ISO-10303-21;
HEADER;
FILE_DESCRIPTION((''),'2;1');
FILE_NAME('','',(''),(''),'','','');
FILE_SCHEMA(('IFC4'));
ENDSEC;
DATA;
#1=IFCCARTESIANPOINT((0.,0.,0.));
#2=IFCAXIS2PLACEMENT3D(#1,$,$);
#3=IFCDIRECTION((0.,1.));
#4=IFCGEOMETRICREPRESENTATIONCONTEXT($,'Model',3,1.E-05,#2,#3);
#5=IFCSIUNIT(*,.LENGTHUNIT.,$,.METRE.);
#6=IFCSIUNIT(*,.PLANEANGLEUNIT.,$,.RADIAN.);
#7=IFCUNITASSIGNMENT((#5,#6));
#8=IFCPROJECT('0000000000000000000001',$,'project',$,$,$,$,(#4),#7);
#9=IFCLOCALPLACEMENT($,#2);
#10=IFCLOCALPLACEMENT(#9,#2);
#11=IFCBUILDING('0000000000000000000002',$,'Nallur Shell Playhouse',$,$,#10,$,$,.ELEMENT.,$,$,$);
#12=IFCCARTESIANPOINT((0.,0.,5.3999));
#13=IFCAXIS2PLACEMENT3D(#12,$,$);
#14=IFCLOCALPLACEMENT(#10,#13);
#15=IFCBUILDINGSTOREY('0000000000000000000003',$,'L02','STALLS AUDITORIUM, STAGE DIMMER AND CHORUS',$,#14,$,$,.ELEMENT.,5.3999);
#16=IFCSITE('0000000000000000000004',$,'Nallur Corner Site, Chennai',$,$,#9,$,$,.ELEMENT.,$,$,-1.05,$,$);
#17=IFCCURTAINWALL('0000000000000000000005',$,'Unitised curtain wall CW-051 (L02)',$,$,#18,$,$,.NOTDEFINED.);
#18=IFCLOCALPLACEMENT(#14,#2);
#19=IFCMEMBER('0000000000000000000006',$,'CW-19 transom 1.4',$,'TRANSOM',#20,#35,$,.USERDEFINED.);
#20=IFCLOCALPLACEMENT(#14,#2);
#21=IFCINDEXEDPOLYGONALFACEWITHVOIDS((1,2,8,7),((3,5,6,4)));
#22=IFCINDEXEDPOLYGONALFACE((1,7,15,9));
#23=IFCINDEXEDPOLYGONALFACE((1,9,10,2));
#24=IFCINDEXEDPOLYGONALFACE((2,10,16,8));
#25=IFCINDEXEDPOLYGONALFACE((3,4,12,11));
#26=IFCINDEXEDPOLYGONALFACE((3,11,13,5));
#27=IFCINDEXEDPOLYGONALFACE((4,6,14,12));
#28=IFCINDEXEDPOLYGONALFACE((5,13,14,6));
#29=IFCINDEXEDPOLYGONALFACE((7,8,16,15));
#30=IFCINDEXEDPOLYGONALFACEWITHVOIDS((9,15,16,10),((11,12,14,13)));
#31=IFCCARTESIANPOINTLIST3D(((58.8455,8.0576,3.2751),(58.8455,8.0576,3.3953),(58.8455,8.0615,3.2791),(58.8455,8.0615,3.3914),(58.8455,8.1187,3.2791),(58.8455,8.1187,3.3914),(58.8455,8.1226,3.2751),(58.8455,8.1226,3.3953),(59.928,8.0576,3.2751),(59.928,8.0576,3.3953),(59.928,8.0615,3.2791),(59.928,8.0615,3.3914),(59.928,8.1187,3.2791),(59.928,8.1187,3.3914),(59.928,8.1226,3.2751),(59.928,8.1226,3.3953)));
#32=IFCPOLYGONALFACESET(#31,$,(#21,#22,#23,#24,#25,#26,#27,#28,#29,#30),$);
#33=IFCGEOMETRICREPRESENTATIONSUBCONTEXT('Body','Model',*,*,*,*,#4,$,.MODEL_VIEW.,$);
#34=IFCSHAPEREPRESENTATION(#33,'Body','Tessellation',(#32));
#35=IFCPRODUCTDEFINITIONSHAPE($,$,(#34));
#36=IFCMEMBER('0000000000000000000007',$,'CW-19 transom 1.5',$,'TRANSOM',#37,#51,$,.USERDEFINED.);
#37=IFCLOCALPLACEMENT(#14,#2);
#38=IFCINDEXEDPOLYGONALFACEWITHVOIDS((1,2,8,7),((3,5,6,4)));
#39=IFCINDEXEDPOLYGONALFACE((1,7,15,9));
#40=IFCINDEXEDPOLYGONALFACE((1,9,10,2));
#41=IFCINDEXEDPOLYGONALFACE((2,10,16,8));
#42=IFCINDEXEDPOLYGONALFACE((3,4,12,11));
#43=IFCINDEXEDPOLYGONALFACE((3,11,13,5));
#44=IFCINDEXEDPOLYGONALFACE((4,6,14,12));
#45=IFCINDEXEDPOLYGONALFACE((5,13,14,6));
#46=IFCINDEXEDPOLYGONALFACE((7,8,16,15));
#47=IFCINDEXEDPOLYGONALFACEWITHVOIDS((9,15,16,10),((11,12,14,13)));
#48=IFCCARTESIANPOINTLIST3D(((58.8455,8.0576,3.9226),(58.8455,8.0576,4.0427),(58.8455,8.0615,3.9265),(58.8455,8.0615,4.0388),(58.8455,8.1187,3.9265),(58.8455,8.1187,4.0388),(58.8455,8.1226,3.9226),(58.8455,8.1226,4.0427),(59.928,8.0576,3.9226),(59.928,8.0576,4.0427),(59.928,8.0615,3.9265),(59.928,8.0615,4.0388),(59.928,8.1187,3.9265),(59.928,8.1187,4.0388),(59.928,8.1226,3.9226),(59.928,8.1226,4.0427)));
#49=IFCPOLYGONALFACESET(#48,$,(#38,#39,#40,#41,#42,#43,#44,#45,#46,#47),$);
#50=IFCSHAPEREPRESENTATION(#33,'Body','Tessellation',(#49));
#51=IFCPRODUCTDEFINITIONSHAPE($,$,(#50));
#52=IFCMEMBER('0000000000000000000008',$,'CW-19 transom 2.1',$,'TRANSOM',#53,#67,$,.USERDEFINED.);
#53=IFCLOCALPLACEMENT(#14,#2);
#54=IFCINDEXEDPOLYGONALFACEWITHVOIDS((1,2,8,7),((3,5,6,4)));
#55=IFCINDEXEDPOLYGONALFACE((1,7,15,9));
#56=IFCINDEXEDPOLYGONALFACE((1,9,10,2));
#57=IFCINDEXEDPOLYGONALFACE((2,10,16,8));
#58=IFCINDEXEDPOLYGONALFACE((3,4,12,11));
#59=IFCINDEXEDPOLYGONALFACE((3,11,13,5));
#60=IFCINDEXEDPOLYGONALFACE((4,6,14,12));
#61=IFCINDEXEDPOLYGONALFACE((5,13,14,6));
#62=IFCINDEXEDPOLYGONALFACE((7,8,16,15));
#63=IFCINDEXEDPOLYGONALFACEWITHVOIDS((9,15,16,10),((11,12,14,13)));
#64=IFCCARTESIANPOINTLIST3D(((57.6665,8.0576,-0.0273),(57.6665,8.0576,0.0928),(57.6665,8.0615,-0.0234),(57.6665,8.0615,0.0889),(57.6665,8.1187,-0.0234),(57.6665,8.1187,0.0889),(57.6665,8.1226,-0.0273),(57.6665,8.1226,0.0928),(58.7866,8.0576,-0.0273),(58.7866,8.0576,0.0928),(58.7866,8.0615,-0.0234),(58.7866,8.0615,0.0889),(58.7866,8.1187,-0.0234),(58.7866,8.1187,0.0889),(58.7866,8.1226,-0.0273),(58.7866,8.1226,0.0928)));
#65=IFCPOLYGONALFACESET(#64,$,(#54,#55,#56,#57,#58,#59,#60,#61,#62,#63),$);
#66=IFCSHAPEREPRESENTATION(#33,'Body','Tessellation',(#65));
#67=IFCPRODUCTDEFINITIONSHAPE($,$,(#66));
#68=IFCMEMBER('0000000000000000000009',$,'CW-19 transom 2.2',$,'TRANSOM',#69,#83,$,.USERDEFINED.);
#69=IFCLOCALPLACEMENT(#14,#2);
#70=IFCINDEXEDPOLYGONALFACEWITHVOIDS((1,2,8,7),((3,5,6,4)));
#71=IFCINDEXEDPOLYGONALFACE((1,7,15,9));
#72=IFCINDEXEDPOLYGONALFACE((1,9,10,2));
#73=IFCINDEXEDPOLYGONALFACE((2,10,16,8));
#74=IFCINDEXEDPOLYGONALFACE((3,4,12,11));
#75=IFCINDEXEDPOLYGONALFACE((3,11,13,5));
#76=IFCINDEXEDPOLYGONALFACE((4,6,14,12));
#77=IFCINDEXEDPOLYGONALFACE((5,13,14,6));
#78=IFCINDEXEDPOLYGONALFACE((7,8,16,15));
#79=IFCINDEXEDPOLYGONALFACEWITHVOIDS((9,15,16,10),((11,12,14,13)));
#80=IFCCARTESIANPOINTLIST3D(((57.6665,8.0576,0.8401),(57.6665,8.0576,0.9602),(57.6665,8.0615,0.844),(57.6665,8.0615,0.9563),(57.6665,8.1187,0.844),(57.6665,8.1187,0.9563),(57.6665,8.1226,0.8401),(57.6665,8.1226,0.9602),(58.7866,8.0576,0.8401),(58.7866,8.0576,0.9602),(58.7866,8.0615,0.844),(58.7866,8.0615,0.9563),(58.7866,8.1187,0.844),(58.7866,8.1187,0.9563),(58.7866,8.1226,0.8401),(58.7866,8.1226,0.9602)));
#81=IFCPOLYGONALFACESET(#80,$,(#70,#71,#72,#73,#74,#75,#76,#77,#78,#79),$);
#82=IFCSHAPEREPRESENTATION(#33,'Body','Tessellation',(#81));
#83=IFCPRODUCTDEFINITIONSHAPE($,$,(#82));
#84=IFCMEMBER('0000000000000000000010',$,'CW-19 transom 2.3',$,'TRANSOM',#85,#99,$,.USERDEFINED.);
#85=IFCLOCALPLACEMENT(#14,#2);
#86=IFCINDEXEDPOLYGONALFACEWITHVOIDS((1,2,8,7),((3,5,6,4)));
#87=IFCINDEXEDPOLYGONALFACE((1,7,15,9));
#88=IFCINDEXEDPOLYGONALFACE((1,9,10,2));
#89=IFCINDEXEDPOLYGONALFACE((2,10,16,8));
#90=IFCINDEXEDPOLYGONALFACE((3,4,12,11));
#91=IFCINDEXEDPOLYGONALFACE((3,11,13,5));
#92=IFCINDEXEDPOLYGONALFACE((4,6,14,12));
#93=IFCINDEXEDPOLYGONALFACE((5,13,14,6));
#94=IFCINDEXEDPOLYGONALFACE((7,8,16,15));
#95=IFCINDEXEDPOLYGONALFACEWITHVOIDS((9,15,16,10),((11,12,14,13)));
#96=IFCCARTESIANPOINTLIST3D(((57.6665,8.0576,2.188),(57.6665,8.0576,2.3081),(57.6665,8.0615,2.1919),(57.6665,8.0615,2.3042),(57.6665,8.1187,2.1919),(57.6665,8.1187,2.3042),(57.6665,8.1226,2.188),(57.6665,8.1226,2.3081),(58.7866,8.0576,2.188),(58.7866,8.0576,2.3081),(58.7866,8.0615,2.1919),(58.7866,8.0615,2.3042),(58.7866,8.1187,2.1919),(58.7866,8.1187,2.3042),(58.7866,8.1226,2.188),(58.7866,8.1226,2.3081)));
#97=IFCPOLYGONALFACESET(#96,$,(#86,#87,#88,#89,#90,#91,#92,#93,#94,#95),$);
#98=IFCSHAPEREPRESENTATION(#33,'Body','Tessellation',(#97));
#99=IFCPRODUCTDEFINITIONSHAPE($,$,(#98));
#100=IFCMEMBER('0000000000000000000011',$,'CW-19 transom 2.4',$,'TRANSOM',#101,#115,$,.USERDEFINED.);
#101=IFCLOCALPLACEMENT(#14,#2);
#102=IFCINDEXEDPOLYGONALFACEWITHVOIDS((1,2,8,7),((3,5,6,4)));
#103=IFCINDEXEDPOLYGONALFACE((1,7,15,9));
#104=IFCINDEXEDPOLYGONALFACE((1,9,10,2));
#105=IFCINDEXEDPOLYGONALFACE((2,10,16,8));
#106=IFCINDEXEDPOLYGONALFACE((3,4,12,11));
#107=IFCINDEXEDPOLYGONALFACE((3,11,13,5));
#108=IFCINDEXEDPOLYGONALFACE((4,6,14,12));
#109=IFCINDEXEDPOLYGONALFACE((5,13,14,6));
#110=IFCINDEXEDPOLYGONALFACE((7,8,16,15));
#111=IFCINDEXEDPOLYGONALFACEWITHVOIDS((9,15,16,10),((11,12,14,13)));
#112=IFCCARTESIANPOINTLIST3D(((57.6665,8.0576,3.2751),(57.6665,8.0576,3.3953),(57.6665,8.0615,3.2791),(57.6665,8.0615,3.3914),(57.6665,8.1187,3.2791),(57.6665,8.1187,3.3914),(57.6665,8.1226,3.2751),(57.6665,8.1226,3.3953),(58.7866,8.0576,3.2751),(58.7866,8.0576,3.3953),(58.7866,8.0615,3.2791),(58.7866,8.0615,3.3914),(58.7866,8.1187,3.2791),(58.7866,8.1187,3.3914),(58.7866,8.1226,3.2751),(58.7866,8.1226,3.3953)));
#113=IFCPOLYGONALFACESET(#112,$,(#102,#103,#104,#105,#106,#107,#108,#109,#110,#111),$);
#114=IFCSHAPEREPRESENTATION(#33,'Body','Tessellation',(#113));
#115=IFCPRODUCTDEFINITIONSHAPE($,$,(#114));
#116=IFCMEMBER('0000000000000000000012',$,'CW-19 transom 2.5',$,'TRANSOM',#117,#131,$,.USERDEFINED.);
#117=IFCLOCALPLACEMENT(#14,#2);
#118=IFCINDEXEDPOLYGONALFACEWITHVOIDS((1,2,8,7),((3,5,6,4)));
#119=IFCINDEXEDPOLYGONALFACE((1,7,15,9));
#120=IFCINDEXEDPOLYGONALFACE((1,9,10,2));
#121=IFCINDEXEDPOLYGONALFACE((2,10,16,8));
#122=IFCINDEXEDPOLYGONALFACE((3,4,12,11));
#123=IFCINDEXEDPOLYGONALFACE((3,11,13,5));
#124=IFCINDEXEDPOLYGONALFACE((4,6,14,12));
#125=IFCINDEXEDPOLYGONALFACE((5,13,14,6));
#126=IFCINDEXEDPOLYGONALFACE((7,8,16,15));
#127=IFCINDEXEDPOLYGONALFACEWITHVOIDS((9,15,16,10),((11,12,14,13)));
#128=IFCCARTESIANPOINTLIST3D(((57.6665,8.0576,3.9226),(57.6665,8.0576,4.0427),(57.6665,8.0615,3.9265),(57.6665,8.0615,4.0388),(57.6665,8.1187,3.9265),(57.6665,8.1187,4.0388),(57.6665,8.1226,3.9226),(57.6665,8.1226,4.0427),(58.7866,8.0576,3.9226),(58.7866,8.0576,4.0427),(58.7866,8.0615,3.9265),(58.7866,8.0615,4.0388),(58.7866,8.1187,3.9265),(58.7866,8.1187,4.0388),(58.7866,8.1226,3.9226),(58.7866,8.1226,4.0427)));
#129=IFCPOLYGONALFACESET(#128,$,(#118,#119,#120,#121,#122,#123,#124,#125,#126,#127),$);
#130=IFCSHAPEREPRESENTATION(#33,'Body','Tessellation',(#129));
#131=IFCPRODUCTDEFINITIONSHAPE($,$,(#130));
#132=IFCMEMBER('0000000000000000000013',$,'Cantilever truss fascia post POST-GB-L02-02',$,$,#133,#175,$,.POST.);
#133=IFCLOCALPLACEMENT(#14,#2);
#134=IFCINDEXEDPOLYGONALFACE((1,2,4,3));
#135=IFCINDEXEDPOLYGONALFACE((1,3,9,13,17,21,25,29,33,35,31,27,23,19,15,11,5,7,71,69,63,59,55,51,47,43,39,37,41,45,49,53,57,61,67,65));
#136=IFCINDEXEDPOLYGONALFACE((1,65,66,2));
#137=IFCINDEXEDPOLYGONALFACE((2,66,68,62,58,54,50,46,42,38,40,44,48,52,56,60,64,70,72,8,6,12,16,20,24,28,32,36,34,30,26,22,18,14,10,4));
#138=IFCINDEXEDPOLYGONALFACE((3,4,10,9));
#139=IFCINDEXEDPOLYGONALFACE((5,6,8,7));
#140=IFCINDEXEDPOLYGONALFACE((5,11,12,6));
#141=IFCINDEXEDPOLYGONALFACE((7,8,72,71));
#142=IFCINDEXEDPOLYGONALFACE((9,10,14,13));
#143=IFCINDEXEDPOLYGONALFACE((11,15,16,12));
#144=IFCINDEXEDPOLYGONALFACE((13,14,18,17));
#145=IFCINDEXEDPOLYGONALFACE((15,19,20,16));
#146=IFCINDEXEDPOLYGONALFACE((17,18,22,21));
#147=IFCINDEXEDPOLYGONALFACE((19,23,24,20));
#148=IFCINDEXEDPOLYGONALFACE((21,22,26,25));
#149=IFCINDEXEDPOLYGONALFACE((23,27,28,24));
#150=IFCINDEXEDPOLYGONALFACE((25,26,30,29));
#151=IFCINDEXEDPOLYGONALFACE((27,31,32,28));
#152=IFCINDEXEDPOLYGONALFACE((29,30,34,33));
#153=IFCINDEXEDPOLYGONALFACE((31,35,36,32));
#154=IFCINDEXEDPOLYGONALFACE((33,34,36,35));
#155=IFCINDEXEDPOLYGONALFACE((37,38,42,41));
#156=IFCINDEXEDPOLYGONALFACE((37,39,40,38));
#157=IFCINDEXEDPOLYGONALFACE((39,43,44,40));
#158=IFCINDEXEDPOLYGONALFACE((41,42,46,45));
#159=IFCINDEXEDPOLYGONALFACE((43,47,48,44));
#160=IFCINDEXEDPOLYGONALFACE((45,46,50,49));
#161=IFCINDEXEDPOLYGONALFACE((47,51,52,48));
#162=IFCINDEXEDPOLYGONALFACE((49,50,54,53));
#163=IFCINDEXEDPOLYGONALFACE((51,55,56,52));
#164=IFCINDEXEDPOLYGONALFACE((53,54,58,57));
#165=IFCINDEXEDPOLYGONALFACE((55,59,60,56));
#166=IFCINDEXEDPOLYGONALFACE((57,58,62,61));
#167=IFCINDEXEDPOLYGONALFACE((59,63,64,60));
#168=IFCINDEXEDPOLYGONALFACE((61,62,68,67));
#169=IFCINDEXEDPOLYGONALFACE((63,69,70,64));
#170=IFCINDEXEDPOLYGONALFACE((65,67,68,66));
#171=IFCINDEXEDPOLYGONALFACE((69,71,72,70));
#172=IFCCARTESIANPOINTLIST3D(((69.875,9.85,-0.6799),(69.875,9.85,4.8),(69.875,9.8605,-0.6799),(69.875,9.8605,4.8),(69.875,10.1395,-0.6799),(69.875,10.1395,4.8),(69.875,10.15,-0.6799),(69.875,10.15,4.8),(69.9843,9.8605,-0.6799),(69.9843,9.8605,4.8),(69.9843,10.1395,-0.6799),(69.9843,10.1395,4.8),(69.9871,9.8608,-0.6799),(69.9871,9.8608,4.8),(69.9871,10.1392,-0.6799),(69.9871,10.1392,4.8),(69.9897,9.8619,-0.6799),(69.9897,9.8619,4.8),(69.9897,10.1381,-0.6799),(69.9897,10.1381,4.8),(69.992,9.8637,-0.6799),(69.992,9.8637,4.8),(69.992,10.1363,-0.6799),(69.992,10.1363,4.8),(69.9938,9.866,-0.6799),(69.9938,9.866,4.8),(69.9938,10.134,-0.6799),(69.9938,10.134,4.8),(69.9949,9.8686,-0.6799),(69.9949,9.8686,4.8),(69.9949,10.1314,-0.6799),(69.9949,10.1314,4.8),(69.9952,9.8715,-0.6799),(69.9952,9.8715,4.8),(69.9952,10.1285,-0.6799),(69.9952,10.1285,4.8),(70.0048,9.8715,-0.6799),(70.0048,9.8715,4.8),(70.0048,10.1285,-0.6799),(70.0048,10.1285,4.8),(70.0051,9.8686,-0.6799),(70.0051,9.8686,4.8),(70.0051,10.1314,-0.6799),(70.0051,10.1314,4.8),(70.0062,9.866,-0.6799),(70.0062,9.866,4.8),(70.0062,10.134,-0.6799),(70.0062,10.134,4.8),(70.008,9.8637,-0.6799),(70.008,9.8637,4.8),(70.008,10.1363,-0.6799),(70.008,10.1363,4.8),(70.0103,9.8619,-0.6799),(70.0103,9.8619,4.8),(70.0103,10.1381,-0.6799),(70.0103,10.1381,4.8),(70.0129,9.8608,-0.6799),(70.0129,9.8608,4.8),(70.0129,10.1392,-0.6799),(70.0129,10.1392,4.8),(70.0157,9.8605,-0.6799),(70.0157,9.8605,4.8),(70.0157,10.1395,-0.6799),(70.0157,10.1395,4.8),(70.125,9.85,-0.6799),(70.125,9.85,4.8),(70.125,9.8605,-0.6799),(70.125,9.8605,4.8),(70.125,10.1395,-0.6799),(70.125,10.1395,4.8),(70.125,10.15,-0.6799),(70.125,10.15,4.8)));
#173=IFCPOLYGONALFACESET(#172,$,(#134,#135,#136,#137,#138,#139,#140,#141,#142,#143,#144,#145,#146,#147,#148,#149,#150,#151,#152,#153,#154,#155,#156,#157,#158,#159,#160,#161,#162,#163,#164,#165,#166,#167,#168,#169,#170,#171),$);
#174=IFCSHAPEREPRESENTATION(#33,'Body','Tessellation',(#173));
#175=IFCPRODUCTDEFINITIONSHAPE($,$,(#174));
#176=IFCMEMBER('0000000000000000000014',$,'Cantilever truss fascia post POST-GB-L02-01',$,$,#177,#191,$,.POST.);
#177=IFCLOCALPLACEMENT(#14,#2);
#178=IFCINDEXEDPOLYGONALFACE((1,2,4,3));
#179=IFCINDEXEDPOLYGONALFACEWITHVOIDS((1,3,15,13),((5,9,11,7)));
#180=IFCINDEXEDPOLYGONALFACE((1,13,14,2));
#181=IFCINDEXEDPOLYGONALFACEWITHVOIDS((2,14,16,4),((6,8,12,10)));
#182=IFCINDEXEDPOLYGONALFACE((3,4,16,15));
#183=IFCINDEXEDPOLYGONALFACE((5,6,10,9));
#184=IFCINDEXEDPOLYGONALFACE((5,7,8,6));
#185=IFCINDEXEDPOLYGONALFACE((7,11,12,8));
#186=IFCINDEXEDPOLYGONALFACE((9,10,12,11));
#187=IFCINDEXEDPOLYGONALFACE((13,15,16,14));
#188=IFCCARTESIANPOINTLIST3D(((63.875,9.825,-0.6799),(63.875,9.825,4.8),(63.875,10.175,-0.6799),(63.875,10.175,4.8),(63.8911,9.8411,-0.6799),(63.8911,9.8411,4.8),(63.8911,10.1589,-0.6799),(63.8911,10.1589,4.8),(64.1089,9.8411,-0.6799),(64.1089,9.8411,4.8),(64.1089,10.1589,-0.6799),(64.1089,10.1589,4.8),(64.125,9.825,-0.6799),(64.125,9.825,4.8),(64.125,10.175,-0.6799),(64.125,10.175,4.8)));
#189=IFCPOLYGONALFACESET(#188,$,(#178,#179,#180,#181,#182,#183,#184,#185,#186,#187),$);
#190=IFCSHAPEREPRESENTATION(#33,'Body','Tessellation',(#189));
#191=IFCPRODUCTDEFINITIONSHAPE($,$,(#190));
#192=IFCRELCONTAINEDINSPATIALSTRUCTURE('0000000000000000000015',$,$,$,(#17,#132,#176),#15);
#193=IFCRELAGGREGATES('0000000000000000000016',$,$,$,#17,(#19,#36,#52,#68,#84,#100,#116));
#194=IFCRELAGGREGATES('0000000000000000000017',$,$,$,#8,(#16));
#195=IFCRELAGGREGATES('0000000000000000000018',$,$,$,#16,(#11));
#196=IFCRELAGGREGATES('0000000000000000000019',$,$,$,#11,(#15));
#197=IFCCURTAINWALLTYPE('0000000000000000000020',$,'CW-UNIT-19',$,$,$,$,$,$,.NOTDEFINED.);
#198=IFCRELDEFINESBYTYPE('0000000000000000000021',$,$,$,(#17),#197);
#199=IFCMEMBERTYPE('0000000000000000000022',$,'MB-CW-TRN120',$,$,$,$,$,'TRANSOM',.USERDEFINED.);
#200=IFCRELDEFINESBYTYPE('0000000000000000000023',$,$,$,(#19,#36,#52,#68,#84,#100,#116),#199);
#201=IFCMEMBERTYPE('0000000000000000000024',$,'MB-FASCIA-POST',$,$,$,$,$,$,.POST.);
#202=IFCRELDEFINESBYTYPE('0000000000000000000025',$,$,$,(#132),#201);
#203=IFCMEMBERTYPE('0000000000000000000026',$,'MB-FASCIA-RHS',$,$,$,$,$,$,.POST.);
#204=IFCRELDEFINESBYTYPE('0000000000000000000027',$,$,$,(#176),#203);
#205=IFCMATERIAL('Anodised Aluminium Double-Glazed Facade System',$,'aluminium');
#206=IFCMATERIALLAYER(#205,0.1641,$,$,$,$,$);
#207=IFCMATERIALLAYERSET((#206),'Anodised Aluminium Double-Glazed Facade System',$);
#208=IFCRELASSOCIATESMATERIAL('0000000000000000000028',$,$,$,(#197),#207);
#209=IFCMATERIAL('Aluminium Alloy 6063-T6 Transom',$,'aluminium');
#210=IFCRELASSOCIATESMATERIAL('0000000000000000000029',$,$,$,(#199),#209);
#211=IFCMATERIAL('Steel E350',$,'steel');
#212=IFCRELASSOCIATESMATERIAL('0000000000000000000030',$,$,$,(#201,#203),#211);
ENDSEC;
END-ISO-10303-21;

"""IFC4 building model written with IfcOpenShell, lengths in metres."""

from ifc_helpers import new_model, si_unit, direction, frame, origin, origin_2d, place, context, subcontext, project, spatial, hollow_rectangle, i_section, extrude, material, layer, layer_set, material_profile, profile_set, type_object, element, aggregate, save


model = new_model("IFC4")

# Units and contexts
model_context = context("Model", 3, precision=1e-05, world=origin(), true_north=direction((0.0, 1.0)))
body_context = subcontext(model_context, "Body", "Model", "MODEL_VIEW")
ifc_project = project(units=[si_unit("LENGTHUNIT", "METRE"), si_unit("PLANEANGLEUNIT", "RADIAN")], contexts=[model_context])

# Site, building, storey
site_placement = place(None, origin())
site = spatial("IfcSite", under=ifc_project, at=site_placement, Name="Nallur Corner Site, Chennai", CompositionType="ELEMENT", RefElevation=-1.05)
building_placement = place(site_placement, origin())
building = spatial("IfcBuilding", under=site, at=building_placement, Name="Nallur Shell Playhouse", CompositionType="ELEMENT")
storey_placement = place(building_placement, frame((0.0, 0.0, 5.3999)))
storey = spatial("IfcBuildingStorey", under=building, at=storey_placement, Name="L02", Description="STALLS AUDITORIUM, STAGE DIMMER AND CHORUS", CompositionType="ELEMENT", Elevation=5.3999)

# Shared definitions
ifc_material_1 = material(Name="Steel E350", Category="steel")

# Curtain wall, members
ifc_material_2 = material(Name="Anodised Aluminium Double-Glazed Facade System", Category="aluminium")
ifc_layer_1 = layer(ifc_material_2, 0.1641)
ifc_layer_set_1 = layer_set([ifc_layer_1], Name="Anodised Aluminium Double-Glazed Facade System")
curtain_wall_type = type_object("IfcCurtainWallType", Name="CW-UNIT-19", PredefinedType="NOTDEFINED", material=ifc_layer_set_1)
curtain_wall_placement = place(storey_placement, origin())
curtain_wall = element("IfcCurtainWall", 1, at=curtain_wall_placement, inside=storey, type_object=curtain_wall_type, Name="Unitised curtain wall CW-051 (L02)", PredefinedType="NOTDEFINED")
ifc_material_3 = material(Name="Aluminium Alloy 6063-T6 Transom", Category="aluminium")
ifc_material_profile_1 = material_profile(ifc_material_3, hollow_rectangle(XDim=0.0649, YDim=0.1201, WallThickness=0.0039, at=origin_2d()), Name="ALU 65x120x4")
ifc_profile_set_1 = profile_set([ifc_material_profile_1], Name="Aluminium Alloy 6063-T6 Transom")
member_type_1 = type_object("IfcMemberType", Name="MB-CW-TRN120", ElementType="TRANSOM", PredefinedType="USERDEFINED", material=ifc_profile_set_1)
member_1_placement = place(storey_placement, frame((59.928, 8.0901, 3.3352), z_axis=(-1.0, 0.0, 0.0), x_axis=(0.0, -1.0, 0.0)))
member_1 = element("IfcMember", 2, at=member_1_placement, type_object=member_type_1, Name="CW-19 transom 1.4", ObjectType="TRANSOM", PredefinedType="USERDEFINED", context=body_context, shape_type="SweptSolid", body=[
    extrude(hollow_rectangle(XDim=0.0649, YDim=0.1201, WallThickness=0.0039, at=origin_2d()), origin(), (0.0, 0.0, 1.0), 1.0825),
])
member_2_placement = place(storey_placement, frame((59.928, 8.0901, 3.9827), z_axis=(-1.0, 0.0, 0.0), x_axis=(0.0, -1.0, 0.0)))
member_2 = element("IfcMember", 3, at=member_2_placement, type_object=member_type_1, Name="CW-19 transom 1.5", ObjectType="TRANSOM", PredefinedType="USERDEFINED", context=body_context, shape_type="SweptSolid", body=[
    extrude(hollow_rectangle(XDim=0.0649, YDim=0.1201, WallThickness=0.0039, at=origin_2d()), origin(), (0.0, 0.0, 1.0), 1.0825),
])
member_3_placement = place(storey_placement, frame((58.7866, 8.0901, 0.0327), z_axis=(-1.0, 0.0, 0.0), x_axis=(0.0, -1.0, 0.0)))
member_3 = element("IfcMember", 4, at=member_3_placement, type_object=member_type_1, Name="CW-19 transom 2.1", ObjectType="TRANSOM", PredefinedType="USERDEFINED", context=body_context, shape_type="SweptSolid", body=[
    extrude(hollow_rectangle(XDim=0.0649, YDim=0.1201, WallThickness=0.0039, at=origin_2d()), origin(), (0.0, 0.0, 1.0), 1.1201),
])
member_4_placement = place(storey_placement, frame((58.7866, 8.0901, 0.9001), z_axis=(-1.0, 0.0, 0.0), x_axis=(0.0, -1.0, 0.0)))
member_4 = element("IfcMember", 5, at=member_4_placement, type_object=member_type_1, Name="CW-19 transom 2.2", ObjectType="TRANSOM", PredefinedType="USERDEFINED", context=body_context, shape_type="SweptSolid", body=[
    extrude(hollow_rectangle(XDim=0.0649, YDim=0.1201, WallThickness=0.0039, at=origin_2d()), origin(), (0.0, 0.0, 1.0), 1.1201),
])
member_5_placement = place(storey_placement, frame((58.7866, 8.0901, 2.248), z_axis=(-1.0, 0.0, 0.0), x_axis=(0.0, -1.0, 0.0)))
member_5 = element("IfcMember", 6, at=member_5_placement, type_object=member_type_1, Name="CW-19 transom 2.3", ObjectType="TRANSOM", PredefinedType="USERDEFINED", context=body_context, shape_type="SweptSolid", body=[
    extrude(hollow_rectangle(XDim=0.0649, YDim=0.1201, WallThickness=0.0039, at=origin_2d()), origin(), (0.0, 0.0, 1.0), 1.1201),
])
member_6_placement = place(storey_placement, frame((58.7866, 8.0901, 3.3352), z_axis=(-1.0, 0.0, 0.0), x_axis=(0.0, -1.0, 0.0)))
member_6 = element("IfcMember", 7, at=member_6_placement, type_object=member_type_1, Name="CW-19 transom 2.4", ObjectType="TRANSOM", PredefinedType="USERDEFINED", context=body_context, shape_type="SweptSolid", body=[
    extrude(hollow_rectangle(XDim=0.0649, YDim=0.1201, WallThickness=0.0039, at=origin_2d()), origin(), (0.0, 0.0, 1.0), 1.1201),
])
member_7_placement = place(storey_placement, frame((58.7866, 8.0901, 3.9827), z_axis=(-1.0, 0.0, 0.0), x_axis=(0.0, -1.0, 0.0)))
member_7 = element("IfcMember", 8, at=member_7_placement, type_object=member_type_1, Name="CW-19 transom 2.5", ObjectType="TRANSOM", PredefinedType="USERDEFINED", context=body_context, shape_type="SweptSolid", body=[
    extrude(hollow_rectangle(XDim=0.0649, YDim=0.1201, WallThickness=0.0039, at=origin_2d()), origin(), (0.0, 0.0, 1.0), 1.1201),
])

# Members
ifc_material_profile_2 = material_profile(ifc_material_1, i_section(OverallWidth=0.25, OverallDepth=0.3, WebThickness=0.0095, FlangeThickness=0.0105, FilletRadius=0.011, at=origin_2d()), Name="ISHB 300")
ifc_profile_set_2 = profile_set([ifc_material_profile_2], Name="Steel E350")
member_type_2 = type_object("IfcMemberType", Name="MB-FASCIA-POST", PredefinedType="POST", material=ifc_profile_set_2)
member_8_placement = place(storey_placement, frame((70.0, 10.0, -0.6799), z_axis=(0.0, 0.0, 1.0), x_axis=(1.0, 0.0, 0.0)))
element("IfcMember", 9, at=member_8_placement, inside=storey, type_object=member_type_2, Name="Cantilever truss fascia post POST-GB-L02-02", PredefinedType="POST", context=body_context, shape_type="SweptSolid", body=[
    extrude(i_section(OverallWidth=0.25, OverallDepth=0.3, WebThickness=0.0095, FlangeThickness=0.0105, FilletRadius=0.011, at=origin_2d()), origin(), (0.0, 0.0, 1.0), 5.48),
])
ifc_material_profile_3 = material_profile(ifc_material_1, hollow_rectangle(XDim=0.25, YDim=0.3501, WallThickness=0.0161, at=origin_2d()), Name="RHS 350x250x16")
ifc_profile_set_3 = profile_set([ifc_material_profile_3], Name="Steel E350")
member_type_3 = type_object("IfcMemberType", Name="MB-FASCIA-RHS", PredefinedType="POST", material=ifc_profile_set_3)
member_9_placement = place(storey_placement, frame((64.0, 10.0, -0.6799), z_axis=(0.0, 0.0, 1.0), x_axis=(1.0, 0.0, 0.0)))
element("IfcMember", 10, at=member_9_placement, inside=storey, type_object=member_type_3, Name="Cantilever truss fascia post POST-GB-L02-01", PredefinedType="POST", context=body_context, shape_type="SweptSolid", body=[
    extrude(hollow_rectangle(XDim=0.25, YDim=0.3501, WallThickness=0.0161, at=origin_2d()), origin(), (0.0, 0.0, 1.0), 5.48),
])

aggregate(curtain_wall, [member_1, member_2, member_3, member_4, member_5, member_6, member_7])

save(model, "model.ifc")
